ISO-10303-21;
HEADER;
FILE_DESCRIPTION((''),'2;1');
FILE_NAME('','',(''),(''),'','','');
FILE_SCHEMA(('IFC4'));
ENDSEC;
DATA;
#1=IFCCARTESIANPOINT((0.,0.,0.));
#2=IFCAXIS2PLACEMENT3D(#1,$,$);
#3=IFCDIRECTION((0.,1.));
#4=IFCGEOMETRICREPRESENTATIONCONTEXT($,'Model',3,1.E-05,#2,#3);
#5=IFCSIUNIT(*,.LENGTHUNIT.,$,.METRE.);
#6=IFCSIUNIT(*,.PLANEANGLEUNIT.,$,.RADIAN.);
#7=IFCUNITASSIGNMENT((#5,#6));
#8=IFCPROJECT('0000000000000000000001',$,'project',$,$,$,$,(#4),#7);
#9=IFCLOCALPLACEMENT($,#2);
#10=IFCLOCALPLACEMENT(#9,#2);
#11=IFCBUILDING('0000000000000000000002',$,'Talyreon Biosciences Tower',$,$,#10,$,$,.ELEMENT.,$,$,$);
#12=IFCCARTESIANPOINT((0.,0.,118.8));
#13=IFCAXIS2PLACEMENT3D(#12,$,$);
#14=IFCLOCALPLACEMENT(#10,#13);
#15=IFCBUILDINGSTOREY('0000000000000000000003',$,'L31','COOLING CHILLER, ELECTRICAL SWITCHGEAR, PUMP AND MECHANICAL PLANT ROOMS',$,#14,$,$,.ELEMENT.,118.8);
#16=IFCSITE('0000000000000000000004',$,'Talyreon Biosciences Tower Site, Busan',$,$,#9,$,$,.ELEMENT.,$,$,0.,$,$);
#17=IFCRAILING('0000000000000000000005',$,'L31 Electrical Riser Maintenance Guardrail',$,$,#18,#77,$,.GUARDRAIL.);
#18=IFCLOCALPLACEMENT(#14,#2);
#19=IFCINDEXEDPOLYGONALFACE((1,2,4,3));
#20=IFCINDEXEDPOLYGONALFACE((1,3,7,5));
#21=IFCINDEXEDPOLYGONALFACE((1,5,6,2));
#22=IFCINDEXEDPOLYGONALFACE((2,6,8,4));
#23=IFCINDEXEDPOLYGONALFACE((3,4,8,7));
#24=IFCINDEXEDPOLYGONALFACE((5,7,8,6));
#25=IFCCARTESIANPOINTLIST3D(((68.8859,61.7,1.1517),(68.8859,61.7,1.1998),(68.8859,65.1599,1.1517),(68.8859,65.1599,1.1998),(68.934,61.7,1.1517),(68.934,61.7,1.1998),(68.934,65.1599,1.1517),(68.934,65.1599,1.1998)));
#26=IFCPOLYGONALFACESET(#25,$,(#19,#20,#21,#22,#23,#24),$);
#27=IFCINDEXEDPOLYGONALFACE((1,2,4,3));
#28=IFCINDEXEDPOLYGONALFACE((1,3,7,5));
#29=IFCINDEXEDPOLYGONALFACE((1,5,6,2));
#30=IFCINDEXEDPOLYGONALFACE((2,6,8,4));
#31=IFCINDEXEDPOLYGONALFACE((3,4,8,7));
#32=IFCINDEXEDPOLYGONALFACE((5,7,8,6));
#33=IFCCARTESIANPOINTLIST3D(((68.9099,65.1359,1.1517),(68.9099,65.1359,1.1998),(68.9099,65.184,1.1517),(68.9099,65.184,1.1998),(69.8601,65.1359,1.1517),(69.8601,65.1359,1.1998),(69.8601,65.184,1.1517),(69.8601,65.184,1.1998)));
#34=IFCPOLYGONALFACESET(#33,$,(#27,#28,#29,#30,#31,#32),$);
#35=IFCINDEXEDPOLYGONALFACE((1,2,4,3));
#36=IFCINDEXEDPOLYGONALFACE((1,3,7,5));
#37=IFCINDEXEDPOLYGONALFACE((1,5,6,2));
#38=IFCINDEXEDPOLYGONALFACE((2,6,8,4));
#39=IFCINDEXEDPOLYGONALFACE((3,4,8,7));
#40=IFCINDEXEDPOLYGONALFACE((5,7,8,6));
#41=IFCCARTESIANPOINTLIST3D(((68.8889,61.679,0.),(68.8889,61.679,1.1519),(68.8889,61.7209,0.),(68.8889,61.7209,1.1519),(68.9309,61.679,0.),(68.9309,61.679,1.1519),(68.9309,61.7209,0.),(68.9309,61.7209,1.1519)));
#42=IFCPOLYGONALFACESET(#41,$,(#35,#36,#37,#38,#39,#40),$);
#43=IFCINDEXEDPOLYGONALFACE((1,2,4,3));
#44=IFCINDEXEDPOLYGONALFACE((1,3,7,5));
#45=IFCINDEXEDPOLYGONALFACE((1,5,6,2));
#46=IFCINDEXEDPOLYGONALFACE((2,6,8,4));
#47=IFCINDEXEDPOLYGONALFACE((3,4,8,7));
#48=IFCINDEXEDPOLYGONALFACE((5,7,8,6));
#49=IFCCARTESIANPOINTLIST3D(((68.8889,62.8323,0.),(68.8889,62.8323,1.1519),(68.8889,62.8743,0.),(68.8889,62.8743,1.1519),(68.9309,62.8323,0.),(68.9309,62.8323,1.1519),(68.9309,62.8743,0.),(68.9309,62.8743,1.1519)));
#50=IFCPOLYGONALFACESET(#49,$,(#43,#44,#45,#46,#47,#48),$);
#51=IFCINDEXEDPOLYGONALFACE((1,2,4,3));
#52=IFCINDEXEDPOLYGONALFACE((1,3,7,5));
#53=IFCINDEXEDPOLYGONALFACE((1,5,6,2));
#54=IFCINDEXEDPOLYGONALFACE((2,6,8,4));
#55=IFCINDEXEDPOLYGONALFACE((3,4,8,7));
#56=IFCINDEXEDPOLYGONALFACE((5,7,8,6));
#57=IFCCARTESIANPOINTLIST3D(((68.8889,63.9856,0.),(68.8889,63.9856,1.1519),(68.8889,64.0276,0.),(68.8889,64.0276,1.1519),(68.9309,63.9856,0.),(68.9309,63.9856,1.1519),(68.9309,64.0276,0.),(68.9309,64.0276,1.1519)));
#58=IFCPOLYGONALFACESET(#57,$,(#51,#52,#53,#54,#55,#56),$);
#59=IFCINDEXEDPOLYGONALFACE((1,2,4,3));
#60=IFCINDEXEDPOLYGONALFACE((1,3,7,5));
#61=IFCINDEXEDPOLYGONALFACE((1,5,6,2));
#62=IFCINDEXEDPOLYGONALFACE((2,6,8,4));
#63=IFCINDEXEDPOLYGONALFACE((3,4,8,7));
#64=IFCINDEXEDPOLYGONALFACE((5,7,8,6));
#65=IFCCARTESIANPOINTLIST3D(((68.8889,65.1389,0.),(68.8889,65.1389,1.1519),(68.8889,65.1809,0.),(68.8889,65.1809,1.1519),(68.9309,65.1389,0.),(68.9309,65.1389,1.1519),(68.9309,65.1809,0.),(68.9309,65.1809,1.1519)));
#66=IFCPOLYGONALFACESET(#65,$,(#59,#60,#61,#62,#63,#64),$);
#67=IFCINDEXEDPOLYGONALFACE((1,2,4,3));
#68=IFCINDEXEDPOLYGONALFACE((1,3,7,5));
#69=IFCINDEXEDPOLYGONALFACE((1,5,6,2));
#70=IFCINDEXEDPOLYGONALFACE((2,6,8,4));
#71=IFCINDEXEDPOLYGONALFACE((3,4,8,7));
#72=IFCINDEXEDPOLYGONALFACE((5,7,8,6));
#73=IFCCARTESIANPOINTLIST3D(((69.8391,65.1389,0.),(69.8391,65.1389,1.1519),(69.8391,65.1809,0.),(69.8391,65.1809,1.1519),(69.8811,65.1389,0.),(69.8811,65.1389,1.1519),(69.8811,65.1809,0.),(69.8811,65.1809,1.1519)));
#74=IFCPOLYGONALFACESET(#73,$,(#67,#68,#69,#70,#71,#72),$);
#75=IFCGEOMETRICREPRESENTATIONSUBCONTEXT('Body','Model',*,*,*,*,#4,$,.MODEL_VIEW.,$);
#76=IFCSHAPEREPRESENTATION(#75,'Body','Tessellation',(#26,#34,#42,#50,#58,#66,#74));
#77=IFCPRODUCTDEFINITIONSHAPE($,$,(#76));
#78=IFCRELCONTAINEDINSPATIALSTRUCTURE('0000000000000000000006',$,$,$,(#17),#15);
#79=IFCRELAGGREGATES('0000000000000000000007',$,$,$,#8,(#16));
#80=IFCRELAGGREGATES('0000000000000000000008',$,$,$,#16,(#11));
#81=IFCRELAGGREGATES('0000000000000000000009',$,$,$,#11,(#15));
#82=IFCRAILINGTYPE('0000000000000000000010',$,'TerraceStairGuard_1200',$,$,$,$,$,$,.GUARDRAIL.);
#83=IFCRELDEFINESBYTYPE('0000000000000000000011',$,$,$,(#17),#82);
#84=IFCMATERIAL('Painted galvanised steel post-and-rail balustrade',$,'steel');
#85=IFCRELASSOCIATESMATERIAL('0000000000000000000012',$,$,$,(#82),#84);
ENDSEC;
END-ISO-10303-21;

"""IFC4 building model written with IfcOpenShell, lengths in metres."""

from ifc_helpers import new_model, si_unit, direction, frame, origin, origin_2d, place, context, subcontext, project, spatial, rectangle, extrude, material, type_object, element, save


model = new_model("IFC4")

# Units and contexts
model_context = context("Model", 3, precision=1e-05, world=origin(), true_north=direction((0.0, 1.0)))
body_context = subcontext(model_context, "Body", "Model", "MODEL_VIEW")
ifc_project = project(units=[si_unit("LENGTHUNIT", "METRE"), si_unit("PLANEANGLEUNIT", "RADIAN")], contexts=[model_context])

# Site, building, storey
site_placement = place(None, origin())
site = spatial("IfcSite", under=ifc_project, at=site_placement, Name="Talyreon Biosciences Tower Site, Busan", CompositionType="ELEMENT", RefElevation=0.0)
building_placement = place(site_placement, origin())
building = spatial("IfcBuilding", under=site, at=building_placement, Name="Talyreon Biosciences Tower", CompositionType="ELEMENT")
storey_placement = place(building_placement, frame((0.0, 0.0, 118.8)))
storey = spatial("IfcBuildingStorey", under=building, at=storey_placement, Name="L31", Description="COOLING CHILLER, ELECTRICAL SWITCHGEAR, PUMP AND MECHANICAL PLANT ROOMS", CompositionType="ELEMENT", Elevation=118.8)

# Railing
ifc_material_1 = material(Name="Painted galvanised steel post-and-rail balustrade", Category="steel")
railing_type_1 = type_object("IfcRailingType", Name="TerraceStairGuard_1200", PredefinedType="GUARDRAIL", material=ifc_material_1)
railing_1_placement = place(storey_placement, frame((68.9099, 61.7, 0.0)))
element("IfcRailing", 1, at=railing_1_placement, inside=storey, type_object=railing_type_1, Name="L31 Electrical Riser Maintenance Guardrail", PredefinedType="GUARDRAIL", context=body_context, shape_type="SweptSolid", body=[
    extrude(rectangle(XDim=0.0481, YDim=0.0481, at=origin_2d()), frame((0.0, 0.0, 1.1758), z_axis=(0.0, 1.0, 0.0), x_axis=(-1.0, 0.0, 0.0)), (0.0, 0.0, 1.0), 3.46),
    extrude(rectangle(XDim=0.0481, YDim=0.0481, at=origin_2d()), frame((0.0, 3.46, 1.1758), z_axis=(1.0, 0.0, 0.0), x_axis=(0.0, 1.0, 0.0)), (0.0, 0.0, 1.0), 0.9502),
    extrude(rectangle(XDim=0.042, YDim=0.042, at=origin_2d()), origin(), (0.0, 0.0, 1.0), 1.1519),
    extrude(rectangle(XDim=0.042, YDim=0.042, at=origin_2d()), frame((0.0, 1.1533, 0.0)), (0.0, 0.0, 1.0), 1.1519),
    extrude(rectangle(XDim=0.042, YDim=0.042, at=origin_2d()), frame((0.0, 2.3066, 0.0)), (0.0, 0.0, 1.0), 1.1519),
    extrude(rectangle(XDim=0.042, YDim=0.042, at=origin_2d()), frame((0.0, 3.46, 0.0)), (0.0, 0.0, 1.0), 1.1519),
    extrude(rectangle(XDim=0.042, YDim=0.042, at=origin_2d()), frame((0.9502, 3.46, 0.0)), (0.0, 0.0, 1.0), 1.1519),
])

save(model, "model.ifc")
